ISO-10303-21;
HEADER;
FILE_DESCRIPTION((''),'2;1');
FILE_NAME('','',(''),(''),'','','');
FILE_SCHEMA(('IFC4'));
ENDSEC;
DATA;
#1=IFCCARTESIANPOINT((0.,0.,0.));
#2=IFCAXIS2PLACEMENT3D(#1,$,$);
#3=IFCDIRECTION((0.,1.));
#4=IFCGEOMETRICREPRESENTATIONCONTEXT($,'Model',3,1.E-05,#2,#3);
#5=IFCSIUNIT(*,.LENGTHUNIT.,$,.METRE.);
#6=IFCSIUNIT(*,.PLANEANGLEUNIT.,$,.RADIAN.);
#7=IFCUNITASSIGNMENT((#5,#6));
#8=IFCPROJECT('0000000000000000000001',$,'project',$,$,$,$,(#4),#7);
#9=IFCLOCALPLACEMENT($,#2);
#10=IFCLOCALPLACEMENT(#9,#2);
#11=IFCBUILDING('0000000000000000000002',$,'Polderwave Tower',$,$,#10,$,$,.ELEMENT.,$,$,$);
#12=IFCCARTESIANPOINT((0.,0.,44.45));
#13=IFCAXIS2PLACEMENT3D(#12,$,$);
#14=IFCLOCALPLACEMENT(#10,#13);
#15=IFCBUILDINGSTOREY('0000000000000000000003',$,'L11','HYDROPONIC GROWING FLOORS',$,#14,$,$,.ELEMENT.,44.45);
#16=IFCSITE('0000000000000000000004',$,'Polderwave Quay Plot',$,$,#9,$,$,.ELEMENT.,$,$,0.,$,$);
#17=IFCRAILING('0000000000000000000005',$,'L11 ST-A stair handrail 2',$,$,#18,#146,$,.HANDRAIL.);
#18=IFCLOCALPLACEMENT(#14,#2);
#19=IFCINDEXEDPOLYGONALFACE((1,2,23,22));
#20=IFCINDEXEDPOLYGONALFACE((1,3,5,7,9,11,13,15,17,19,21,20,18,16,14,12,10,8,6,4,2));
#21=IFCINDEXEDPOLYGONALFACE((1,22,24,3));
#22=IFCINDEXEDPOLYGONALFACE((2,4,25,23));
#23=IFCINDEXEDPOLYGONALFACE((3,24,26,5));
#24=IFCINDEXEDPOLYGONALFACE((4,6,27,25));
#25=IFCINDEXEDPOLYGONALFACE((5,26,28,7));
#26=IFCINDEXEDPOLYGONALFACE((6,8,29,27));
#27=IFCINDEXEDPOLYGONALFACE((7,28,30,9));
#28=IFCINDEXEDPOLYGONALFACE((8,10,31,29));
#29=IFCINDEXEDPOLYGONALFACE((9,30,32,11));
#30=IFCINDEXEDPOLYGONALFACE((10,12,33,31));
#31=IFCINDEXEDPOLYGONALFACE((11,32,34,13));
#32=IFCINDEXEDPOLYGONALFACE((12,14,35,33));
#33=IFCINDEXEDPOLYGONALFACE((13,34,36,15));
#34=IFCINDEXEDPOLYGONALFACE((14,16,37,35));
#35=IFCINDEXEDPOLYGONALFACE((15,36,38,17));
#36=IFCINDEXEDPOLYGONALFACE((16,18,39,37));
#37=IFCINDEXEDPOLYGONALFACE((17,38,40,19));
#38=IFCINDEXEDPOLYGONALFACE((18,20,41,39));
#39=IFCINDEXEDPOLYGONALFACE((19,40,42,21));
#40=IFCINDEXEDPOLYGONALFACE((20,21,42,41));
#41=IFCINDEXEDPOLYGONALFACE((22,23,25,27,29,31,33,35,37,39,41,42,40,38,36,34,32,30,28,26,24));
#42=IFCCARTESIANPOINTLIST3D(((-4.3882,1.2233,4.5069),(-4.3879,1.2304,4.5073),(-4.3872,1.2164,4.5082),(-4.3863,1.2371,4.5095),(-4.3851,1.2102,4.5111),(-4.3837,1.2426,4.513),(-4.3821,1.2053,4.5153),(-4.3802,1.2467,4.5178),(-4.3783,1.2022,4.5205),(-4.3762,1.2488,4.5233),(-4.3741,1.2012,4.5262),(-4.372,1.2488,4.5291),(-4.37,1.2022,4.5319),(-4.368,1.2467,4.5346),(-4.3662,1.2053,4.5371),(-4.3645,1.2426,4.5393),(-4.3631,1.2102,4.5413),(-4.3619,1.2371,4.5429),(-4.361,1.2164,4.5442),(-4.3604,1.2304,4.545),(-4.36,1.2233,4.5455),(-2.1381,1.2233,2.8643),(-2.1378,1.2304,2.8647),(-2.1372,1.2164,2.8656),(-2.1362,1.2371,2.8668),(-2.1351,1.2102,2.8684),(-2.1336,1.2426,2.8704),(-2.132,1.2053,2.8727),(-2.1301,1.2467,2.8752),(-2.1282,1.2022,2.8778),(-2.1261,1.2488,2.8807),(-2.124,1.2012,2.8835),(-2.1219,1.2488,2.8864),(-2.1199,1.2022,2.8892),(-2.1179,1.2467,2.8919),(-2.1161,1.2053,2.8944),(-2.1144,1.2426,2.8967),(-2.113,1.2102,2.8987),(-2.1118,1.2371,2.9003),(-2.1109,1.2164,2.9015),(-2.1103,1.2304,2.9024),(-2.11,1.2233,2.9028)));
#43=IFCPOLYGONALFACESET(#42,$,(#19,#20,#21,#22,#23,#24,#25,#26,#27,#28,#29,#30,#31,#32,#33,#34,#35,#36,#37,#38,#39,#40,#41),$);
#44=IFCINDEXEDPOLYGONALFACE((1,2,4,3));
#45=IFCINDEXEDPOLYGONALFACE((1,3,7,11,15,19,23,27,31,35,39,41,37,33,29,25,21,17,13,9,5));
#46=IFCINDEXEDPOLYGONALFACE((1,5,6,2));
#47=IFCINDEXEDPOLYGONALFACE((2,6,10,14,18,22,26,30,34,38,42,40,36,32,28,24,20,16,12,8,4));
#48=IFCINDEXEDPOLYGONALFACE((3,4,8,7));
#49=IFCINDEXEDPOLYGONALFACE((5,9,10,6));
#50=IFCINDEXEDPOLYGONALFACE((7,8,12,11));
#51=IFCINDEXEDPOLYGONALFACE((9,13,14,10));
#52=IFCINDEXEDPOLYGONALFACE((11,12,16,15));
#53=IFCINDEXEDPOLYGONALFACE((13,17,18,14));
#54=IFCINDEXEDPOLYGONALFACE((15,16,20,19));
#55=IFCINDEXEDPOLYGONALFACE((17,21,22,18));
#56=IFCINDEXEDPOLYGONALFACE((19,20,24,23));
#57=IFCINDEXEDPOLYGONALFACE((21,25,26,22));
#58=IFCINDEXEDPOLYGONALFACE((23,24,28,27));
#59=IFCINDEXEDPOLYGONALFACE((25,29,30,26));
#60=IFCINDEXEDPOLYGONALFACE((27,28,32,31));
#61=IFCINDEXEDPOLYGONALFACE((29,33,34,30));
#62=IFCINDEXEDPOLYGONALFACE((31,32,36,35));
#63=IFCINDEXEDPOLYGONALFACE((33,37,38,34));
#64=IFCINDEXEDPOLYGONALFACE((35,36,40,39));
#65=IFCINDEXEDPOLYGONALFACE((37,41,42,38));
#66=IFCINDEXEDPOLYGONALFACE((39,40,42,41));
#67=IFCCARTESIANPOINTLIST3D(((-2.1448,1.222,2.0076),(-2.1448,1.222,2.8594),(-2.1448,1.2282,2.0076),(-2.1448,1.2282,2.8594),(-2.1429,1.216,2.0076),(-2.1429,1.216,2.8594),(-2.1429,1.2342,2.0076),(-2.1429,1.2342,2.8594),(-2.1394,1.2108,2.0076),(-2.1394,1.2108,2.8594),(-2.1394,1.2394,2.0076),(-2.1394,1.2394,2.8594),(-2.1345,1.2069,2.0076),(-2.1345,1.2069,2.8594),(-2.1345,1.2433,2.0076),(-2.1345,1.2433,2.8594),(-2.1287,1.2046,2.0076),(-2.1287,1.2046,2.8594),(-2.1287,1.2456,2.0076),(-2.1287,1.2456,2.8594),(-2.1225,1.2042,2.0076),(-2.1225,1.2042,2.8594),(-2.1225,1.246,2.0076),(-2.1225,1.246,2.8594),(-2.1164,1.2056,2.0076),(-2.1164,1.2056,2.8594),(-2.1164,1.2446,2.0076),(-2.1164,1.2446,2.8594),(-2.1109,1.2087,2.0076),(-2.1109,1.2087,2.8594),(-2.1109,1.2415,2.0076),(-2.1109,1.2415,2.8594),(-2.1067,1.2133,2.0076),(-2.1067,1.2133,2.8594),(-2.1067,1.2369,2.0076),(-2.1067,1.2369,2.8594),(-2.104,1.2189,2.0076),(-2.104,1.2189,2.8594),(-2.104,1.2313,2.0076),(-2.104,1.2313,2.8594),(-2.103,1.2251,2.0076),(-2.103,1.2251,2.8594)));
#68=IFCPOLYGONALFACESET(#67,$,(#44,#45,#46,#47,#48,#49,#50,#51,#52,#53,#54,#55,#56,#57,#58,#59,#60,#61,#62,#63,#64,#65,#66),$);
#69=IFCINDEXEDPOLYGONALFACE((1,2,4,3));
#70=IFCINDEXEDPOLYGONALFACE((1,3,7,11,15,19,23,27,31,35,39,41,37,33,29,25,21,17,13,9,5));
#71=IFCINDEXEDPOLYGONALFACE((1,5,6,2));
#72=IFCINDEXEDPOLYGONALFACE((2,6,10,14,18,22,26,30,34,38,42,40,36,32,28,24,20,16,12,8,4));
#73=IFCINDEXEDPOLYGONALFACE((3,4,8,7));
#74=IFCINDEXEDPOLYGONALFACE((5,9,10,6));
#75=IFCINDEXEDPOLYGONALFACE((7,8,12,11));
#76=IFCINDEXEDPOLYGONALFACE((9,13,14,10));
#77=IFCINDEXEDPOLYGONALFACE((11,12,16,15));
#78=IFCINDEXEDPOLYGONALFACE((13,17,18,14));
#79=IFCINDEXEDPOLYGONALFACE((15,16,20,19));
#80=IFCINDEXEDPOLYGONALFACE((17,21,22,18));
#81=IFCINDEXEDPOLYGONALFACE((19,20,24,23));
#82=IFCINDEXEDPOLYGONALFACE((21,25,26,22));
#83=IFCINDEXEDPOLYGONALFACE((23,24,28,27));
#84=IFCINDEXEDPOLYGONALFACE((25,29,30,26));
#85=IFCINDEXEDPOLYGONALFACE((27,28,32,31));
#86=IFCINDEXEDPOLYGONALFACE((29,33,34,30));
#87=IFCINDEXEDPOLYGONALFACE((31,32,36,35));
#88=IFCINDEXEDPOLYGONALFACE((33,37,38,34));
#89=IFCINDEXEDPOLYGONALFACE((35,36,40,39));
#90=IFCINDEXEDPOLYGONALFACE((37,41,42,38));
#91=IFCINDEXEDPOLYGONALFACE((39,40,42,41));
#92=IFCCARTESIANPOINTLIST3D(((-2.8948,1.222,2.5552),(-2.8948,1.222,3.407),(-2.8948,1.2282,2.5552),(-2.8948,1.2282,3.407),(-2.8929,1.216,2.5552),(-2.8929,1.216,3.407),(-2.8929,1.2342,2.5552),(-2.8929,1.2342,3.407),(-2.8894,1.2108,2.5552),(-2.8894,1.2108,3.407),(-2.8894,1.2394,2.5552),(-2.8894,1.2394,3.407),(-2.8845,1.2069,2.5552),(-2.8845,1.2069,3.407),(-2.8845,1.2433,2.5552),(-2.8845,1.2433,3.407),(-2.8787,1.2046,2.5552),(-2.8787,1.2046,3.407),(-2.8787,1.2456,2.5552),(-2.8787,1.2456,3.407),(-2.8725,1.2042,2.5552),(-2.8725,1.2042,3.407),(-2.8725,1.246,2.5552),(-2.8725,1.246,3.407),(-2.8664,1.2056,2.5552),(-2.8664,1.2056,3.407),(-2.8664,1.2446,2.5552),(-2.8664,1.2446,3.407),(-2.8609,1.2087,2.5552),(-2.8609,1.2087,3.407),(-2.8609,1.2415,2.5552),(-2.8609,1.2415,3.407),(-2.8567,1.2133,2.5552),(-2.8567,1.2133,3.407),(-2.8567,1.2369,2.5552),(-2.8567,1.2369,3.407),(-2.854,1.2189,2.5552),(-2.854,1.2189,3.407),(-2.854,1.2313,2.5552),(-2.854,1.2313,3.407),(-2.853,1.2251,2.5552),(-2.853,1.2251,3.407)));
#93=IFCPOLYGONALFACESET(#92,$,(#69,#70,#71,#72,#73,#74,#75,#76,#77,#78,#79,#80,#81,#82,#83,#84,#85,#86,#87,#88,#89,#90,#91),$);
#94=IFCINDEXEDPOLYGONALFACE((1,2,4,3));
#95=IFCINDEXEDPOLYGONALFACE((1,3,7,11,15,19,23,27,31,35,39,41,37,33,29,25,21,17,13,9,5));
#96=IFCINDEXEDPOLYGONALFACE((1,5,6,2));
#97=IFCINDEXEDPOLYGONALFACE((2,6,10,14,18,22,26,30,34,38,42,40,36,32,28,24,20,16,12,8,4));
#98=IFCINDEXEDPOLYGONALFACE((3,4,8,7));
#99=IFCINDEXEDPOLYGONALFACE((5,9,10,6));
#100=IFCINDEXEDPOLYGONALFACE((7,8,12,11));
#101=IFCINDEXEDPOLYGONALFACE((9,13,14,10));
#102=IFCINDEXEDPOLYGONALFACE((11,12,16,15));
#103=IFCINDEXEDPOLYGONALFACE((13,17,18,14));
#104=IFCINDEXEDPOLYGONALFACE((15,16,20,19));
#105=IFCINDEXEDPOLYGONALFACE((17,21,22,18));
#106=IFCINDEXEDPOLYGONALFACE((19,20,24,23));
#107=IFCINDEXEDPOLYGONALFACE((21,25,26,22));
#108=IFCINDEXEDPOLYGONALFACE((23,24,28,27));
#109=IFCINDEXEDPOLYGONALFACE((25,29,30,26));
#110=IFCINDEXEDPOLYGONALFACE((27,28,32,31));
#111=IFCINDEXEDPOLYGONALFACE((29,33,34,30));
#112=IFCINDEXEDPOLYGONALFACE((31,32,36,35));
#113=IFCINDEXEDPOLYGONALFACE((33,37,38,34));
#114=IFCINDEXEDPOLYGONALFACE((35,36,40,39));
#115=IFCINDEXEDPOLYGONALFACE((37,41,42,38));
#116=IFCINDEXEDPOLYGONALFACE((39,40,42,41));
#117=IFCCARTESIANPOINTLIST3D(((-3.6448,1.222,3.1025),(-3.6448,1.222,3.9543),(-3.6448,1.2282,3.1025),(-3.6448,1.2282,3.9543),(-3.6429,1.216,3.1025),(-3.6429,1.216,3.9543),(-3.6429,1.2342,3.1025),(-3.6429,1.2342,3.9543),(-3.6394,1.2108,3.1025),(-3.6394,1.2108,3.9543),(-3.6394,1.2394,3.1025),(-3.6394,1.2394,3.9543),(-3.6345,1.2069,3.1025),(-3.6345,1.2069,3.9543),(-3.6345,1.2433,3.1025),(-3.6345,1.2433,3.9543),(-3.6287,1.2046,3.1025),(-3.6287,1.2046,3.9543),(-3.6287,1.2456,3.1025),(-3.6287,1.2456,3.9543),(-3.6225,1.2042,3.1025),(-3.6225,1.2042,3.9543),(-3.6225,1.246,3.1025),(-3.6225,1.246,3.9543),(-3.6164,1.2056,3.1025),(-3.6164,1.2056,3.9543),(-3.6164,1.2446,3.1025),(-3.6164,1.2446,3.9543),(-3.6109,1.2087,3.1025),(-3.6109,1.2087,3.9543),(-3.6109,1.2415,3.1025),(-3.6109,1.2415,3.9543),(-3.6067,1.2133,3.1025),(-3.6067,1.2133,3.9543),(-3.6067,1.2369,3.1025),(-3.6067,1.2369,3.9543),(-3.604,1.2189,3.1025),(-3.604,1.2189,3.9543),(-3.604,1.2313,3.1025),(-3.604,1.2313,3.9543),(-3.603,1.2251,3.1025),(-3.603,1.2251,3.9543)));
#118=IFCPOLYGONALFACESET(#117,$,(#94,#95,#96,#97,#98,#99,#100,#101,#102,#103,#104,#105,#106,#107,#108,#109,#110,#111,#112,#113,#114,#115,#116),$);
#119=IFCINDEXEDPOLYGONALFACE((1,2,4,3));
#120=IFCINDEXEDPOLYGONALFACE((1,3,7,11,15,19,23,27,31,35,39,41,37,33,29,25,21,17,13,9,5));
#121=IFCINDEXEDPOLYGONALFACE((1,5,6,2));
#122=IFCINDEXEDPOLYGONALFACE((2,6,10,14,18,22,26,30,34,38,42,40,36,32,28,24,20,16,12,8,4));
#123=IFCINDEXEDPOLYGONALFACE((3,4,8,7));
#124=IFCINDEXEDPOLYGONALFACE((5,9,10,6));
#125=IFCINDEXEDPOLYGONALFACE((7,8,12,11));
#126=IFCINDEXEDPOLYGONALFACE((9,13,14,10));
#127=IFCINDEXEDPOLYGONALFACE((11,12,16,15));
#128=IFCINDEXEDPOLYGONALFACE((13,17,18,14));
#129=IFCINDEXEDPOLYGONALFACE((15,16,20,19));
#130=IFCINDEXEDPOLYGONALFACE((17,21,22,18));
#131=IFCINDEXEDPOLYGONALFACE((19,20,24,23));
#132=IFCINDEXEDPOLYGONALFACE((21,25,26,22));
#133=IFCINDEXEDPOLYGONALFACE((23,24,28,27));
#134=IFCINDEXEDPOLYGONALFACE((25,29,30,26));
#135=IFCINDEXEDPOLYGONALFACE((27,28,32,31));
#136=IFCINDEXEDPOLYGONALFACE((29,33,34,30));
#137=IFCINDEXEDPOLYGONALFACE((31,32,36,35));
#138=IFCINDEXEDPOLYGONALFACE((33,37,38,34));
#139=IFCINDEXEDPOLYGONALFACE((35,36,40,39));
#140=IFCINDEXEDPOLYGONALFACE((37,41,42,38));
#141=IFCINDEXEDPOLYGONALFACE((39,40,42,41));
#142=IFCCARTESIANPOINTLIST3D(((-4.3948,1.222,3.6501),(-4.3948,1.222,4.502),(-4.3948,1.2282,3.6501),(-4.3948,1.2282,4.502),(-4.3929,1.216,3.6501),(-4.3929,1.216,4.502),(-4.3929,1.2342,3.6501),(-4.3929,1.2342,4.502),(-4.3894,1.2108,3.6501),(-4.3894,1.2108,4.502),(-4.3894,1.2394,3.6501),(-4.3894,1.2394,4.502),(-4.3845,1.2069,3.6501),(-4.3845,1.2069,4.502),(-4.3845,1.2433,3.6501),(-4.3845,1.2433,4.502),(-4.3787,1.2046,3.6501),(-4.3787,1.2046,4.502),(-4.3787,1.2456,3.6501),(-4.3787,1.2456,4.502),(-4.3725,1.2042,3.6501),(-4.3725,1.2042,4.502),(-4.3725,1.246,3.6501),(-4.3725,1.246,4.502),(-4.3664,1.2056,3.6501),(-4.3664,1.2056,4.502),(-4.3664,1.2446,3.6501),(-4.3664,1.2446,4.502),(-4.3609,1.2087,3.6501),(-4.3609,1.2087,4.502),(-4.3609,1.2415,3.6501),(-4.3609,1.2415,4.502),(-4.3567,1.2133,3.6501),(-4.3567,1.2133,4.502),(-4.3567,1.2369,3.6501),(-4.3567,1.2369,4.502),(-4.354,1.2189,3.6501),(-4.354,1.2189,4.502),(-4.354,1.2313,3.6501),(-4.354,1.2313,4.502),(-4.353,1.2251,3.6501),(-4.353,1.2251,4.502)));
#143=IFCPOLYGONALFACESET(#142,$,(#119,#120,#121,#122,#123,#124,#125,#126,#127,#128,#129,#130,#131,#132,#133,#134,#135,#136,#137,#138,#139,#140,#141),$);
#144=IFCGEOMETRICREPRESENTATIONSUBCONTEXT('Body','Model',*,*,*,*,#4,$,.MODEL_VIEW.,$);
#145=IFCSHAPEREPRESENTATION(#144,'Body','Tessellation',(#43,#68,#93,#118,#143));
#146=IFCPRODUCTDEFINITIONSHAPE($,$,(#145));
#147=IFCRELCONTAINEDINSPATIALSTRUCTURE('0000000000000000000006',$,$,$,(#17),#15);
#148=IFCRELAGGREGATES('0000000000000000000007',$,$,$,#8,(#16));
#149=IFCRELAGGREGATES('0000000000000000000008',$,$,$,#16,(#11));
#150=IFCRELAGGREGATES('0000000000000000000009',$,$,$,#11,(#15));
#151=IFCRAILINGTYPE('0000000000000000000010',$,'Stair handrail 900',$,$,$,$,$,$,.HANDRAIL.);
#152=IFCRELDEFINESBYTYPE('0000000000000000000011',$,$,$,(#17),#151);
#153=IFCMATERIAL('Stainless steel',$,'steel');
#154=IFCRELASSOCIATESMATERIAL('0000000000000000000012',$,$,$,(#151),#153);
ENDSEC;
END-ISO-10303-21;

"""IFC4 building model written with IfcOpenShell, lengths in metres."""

from ifc_helpers import new_model, si_unit, direction, frame, origin, origin_2d, place, context, subcontext, project, spatial, circle, extrude, material, type_object, element, save


model = new_model("IFC4")

# Units and contexts
model_context = context("Model", 3, precision=1e-05, world=origin(), true_north=direction((0.0, 1.0)))
body_context = subcontext(model_context, "Body", "Model", "MODEL_VIEW")
ifc_project = project(units=[si_unit("LENGTHUNIT", "METRE"), si_unit("PLANEANGLEUNIT", "RADIAN")], contexts=[model_context])

# Site, building, storey
site_placement = place(None, origin())
site = spatial("IfcSite", under=ifc_project, at=site_placement, Name="Polderwave Quay Plot", CompositionType="ELEMENT", RefElevation=0.0)
building_placement = place(site_placement, origin())
building = spatial("IfcBuilding", under=site, at=building_placement, Name="Polderwave Tower", CompositionType="ELEMENT")
storey_placement = place(building_placement, frame((0.0, 0.0, 44.45)))
storey = spatial("IfcBuildingStorey", under=building, at=storey_placement, Name="L11", Description="HYDROPONIC GROWING FLOORS", CompositionType="ELEMENT", Elevation=44.45)

# Railing
ifc_material_1 = material(Name="Stainless steel", Category="steel")
railing_type_1 = type_object("IfcRailingType", Name="Stair handrail 900", PredefinedType="HANDRAIL", material=ifc_material_1)
railing_1_placement = place(storey_placement, frame((-2.124, 1.2251, 2.0076)))
element("IfcRailing", 1, at=railing_1_placement, inside=storey, type_object=railing_type_1, Name="L11 ST-A stair handrail 2", PredefinedType="HANDRAIL", context=body_context, shape_type="SweptSolid", body=[
    extrude(circle(Radius=0.0239, at=origin_2d()), frame((0.0, 0.0, 0.876), z_axis=(-0.807674, 0.0, 0.58963), x_axis=(0.0, -1.0, 0.0)), (0.0, 0.0, 1.0), 2.7859),
    extrude(circle(Radius=0.021, at=origin_2d()), origin(), (0.0, 0.0, 1.0), 0.8518),
    extrude(circle(Radius=0.021, at=origin_2d()), frame((-0.75, 0.0, 0.5476)), (0.0, 0.0, 1.0), 0.8518),
    extrude(circle(Radius=0.021, at=origin_2d()), frame((-1.5, 0.0, 1.095)), (0.0, 0.0, 1.0), 0.8518),
    extrude(circle(Radius=0.021, at=origin_2d()), frame((-2.25, 0.0, 1.6426)), (0.0, 0.0, 1.0), 0.8518),
])

save(model, "model.ifc")
